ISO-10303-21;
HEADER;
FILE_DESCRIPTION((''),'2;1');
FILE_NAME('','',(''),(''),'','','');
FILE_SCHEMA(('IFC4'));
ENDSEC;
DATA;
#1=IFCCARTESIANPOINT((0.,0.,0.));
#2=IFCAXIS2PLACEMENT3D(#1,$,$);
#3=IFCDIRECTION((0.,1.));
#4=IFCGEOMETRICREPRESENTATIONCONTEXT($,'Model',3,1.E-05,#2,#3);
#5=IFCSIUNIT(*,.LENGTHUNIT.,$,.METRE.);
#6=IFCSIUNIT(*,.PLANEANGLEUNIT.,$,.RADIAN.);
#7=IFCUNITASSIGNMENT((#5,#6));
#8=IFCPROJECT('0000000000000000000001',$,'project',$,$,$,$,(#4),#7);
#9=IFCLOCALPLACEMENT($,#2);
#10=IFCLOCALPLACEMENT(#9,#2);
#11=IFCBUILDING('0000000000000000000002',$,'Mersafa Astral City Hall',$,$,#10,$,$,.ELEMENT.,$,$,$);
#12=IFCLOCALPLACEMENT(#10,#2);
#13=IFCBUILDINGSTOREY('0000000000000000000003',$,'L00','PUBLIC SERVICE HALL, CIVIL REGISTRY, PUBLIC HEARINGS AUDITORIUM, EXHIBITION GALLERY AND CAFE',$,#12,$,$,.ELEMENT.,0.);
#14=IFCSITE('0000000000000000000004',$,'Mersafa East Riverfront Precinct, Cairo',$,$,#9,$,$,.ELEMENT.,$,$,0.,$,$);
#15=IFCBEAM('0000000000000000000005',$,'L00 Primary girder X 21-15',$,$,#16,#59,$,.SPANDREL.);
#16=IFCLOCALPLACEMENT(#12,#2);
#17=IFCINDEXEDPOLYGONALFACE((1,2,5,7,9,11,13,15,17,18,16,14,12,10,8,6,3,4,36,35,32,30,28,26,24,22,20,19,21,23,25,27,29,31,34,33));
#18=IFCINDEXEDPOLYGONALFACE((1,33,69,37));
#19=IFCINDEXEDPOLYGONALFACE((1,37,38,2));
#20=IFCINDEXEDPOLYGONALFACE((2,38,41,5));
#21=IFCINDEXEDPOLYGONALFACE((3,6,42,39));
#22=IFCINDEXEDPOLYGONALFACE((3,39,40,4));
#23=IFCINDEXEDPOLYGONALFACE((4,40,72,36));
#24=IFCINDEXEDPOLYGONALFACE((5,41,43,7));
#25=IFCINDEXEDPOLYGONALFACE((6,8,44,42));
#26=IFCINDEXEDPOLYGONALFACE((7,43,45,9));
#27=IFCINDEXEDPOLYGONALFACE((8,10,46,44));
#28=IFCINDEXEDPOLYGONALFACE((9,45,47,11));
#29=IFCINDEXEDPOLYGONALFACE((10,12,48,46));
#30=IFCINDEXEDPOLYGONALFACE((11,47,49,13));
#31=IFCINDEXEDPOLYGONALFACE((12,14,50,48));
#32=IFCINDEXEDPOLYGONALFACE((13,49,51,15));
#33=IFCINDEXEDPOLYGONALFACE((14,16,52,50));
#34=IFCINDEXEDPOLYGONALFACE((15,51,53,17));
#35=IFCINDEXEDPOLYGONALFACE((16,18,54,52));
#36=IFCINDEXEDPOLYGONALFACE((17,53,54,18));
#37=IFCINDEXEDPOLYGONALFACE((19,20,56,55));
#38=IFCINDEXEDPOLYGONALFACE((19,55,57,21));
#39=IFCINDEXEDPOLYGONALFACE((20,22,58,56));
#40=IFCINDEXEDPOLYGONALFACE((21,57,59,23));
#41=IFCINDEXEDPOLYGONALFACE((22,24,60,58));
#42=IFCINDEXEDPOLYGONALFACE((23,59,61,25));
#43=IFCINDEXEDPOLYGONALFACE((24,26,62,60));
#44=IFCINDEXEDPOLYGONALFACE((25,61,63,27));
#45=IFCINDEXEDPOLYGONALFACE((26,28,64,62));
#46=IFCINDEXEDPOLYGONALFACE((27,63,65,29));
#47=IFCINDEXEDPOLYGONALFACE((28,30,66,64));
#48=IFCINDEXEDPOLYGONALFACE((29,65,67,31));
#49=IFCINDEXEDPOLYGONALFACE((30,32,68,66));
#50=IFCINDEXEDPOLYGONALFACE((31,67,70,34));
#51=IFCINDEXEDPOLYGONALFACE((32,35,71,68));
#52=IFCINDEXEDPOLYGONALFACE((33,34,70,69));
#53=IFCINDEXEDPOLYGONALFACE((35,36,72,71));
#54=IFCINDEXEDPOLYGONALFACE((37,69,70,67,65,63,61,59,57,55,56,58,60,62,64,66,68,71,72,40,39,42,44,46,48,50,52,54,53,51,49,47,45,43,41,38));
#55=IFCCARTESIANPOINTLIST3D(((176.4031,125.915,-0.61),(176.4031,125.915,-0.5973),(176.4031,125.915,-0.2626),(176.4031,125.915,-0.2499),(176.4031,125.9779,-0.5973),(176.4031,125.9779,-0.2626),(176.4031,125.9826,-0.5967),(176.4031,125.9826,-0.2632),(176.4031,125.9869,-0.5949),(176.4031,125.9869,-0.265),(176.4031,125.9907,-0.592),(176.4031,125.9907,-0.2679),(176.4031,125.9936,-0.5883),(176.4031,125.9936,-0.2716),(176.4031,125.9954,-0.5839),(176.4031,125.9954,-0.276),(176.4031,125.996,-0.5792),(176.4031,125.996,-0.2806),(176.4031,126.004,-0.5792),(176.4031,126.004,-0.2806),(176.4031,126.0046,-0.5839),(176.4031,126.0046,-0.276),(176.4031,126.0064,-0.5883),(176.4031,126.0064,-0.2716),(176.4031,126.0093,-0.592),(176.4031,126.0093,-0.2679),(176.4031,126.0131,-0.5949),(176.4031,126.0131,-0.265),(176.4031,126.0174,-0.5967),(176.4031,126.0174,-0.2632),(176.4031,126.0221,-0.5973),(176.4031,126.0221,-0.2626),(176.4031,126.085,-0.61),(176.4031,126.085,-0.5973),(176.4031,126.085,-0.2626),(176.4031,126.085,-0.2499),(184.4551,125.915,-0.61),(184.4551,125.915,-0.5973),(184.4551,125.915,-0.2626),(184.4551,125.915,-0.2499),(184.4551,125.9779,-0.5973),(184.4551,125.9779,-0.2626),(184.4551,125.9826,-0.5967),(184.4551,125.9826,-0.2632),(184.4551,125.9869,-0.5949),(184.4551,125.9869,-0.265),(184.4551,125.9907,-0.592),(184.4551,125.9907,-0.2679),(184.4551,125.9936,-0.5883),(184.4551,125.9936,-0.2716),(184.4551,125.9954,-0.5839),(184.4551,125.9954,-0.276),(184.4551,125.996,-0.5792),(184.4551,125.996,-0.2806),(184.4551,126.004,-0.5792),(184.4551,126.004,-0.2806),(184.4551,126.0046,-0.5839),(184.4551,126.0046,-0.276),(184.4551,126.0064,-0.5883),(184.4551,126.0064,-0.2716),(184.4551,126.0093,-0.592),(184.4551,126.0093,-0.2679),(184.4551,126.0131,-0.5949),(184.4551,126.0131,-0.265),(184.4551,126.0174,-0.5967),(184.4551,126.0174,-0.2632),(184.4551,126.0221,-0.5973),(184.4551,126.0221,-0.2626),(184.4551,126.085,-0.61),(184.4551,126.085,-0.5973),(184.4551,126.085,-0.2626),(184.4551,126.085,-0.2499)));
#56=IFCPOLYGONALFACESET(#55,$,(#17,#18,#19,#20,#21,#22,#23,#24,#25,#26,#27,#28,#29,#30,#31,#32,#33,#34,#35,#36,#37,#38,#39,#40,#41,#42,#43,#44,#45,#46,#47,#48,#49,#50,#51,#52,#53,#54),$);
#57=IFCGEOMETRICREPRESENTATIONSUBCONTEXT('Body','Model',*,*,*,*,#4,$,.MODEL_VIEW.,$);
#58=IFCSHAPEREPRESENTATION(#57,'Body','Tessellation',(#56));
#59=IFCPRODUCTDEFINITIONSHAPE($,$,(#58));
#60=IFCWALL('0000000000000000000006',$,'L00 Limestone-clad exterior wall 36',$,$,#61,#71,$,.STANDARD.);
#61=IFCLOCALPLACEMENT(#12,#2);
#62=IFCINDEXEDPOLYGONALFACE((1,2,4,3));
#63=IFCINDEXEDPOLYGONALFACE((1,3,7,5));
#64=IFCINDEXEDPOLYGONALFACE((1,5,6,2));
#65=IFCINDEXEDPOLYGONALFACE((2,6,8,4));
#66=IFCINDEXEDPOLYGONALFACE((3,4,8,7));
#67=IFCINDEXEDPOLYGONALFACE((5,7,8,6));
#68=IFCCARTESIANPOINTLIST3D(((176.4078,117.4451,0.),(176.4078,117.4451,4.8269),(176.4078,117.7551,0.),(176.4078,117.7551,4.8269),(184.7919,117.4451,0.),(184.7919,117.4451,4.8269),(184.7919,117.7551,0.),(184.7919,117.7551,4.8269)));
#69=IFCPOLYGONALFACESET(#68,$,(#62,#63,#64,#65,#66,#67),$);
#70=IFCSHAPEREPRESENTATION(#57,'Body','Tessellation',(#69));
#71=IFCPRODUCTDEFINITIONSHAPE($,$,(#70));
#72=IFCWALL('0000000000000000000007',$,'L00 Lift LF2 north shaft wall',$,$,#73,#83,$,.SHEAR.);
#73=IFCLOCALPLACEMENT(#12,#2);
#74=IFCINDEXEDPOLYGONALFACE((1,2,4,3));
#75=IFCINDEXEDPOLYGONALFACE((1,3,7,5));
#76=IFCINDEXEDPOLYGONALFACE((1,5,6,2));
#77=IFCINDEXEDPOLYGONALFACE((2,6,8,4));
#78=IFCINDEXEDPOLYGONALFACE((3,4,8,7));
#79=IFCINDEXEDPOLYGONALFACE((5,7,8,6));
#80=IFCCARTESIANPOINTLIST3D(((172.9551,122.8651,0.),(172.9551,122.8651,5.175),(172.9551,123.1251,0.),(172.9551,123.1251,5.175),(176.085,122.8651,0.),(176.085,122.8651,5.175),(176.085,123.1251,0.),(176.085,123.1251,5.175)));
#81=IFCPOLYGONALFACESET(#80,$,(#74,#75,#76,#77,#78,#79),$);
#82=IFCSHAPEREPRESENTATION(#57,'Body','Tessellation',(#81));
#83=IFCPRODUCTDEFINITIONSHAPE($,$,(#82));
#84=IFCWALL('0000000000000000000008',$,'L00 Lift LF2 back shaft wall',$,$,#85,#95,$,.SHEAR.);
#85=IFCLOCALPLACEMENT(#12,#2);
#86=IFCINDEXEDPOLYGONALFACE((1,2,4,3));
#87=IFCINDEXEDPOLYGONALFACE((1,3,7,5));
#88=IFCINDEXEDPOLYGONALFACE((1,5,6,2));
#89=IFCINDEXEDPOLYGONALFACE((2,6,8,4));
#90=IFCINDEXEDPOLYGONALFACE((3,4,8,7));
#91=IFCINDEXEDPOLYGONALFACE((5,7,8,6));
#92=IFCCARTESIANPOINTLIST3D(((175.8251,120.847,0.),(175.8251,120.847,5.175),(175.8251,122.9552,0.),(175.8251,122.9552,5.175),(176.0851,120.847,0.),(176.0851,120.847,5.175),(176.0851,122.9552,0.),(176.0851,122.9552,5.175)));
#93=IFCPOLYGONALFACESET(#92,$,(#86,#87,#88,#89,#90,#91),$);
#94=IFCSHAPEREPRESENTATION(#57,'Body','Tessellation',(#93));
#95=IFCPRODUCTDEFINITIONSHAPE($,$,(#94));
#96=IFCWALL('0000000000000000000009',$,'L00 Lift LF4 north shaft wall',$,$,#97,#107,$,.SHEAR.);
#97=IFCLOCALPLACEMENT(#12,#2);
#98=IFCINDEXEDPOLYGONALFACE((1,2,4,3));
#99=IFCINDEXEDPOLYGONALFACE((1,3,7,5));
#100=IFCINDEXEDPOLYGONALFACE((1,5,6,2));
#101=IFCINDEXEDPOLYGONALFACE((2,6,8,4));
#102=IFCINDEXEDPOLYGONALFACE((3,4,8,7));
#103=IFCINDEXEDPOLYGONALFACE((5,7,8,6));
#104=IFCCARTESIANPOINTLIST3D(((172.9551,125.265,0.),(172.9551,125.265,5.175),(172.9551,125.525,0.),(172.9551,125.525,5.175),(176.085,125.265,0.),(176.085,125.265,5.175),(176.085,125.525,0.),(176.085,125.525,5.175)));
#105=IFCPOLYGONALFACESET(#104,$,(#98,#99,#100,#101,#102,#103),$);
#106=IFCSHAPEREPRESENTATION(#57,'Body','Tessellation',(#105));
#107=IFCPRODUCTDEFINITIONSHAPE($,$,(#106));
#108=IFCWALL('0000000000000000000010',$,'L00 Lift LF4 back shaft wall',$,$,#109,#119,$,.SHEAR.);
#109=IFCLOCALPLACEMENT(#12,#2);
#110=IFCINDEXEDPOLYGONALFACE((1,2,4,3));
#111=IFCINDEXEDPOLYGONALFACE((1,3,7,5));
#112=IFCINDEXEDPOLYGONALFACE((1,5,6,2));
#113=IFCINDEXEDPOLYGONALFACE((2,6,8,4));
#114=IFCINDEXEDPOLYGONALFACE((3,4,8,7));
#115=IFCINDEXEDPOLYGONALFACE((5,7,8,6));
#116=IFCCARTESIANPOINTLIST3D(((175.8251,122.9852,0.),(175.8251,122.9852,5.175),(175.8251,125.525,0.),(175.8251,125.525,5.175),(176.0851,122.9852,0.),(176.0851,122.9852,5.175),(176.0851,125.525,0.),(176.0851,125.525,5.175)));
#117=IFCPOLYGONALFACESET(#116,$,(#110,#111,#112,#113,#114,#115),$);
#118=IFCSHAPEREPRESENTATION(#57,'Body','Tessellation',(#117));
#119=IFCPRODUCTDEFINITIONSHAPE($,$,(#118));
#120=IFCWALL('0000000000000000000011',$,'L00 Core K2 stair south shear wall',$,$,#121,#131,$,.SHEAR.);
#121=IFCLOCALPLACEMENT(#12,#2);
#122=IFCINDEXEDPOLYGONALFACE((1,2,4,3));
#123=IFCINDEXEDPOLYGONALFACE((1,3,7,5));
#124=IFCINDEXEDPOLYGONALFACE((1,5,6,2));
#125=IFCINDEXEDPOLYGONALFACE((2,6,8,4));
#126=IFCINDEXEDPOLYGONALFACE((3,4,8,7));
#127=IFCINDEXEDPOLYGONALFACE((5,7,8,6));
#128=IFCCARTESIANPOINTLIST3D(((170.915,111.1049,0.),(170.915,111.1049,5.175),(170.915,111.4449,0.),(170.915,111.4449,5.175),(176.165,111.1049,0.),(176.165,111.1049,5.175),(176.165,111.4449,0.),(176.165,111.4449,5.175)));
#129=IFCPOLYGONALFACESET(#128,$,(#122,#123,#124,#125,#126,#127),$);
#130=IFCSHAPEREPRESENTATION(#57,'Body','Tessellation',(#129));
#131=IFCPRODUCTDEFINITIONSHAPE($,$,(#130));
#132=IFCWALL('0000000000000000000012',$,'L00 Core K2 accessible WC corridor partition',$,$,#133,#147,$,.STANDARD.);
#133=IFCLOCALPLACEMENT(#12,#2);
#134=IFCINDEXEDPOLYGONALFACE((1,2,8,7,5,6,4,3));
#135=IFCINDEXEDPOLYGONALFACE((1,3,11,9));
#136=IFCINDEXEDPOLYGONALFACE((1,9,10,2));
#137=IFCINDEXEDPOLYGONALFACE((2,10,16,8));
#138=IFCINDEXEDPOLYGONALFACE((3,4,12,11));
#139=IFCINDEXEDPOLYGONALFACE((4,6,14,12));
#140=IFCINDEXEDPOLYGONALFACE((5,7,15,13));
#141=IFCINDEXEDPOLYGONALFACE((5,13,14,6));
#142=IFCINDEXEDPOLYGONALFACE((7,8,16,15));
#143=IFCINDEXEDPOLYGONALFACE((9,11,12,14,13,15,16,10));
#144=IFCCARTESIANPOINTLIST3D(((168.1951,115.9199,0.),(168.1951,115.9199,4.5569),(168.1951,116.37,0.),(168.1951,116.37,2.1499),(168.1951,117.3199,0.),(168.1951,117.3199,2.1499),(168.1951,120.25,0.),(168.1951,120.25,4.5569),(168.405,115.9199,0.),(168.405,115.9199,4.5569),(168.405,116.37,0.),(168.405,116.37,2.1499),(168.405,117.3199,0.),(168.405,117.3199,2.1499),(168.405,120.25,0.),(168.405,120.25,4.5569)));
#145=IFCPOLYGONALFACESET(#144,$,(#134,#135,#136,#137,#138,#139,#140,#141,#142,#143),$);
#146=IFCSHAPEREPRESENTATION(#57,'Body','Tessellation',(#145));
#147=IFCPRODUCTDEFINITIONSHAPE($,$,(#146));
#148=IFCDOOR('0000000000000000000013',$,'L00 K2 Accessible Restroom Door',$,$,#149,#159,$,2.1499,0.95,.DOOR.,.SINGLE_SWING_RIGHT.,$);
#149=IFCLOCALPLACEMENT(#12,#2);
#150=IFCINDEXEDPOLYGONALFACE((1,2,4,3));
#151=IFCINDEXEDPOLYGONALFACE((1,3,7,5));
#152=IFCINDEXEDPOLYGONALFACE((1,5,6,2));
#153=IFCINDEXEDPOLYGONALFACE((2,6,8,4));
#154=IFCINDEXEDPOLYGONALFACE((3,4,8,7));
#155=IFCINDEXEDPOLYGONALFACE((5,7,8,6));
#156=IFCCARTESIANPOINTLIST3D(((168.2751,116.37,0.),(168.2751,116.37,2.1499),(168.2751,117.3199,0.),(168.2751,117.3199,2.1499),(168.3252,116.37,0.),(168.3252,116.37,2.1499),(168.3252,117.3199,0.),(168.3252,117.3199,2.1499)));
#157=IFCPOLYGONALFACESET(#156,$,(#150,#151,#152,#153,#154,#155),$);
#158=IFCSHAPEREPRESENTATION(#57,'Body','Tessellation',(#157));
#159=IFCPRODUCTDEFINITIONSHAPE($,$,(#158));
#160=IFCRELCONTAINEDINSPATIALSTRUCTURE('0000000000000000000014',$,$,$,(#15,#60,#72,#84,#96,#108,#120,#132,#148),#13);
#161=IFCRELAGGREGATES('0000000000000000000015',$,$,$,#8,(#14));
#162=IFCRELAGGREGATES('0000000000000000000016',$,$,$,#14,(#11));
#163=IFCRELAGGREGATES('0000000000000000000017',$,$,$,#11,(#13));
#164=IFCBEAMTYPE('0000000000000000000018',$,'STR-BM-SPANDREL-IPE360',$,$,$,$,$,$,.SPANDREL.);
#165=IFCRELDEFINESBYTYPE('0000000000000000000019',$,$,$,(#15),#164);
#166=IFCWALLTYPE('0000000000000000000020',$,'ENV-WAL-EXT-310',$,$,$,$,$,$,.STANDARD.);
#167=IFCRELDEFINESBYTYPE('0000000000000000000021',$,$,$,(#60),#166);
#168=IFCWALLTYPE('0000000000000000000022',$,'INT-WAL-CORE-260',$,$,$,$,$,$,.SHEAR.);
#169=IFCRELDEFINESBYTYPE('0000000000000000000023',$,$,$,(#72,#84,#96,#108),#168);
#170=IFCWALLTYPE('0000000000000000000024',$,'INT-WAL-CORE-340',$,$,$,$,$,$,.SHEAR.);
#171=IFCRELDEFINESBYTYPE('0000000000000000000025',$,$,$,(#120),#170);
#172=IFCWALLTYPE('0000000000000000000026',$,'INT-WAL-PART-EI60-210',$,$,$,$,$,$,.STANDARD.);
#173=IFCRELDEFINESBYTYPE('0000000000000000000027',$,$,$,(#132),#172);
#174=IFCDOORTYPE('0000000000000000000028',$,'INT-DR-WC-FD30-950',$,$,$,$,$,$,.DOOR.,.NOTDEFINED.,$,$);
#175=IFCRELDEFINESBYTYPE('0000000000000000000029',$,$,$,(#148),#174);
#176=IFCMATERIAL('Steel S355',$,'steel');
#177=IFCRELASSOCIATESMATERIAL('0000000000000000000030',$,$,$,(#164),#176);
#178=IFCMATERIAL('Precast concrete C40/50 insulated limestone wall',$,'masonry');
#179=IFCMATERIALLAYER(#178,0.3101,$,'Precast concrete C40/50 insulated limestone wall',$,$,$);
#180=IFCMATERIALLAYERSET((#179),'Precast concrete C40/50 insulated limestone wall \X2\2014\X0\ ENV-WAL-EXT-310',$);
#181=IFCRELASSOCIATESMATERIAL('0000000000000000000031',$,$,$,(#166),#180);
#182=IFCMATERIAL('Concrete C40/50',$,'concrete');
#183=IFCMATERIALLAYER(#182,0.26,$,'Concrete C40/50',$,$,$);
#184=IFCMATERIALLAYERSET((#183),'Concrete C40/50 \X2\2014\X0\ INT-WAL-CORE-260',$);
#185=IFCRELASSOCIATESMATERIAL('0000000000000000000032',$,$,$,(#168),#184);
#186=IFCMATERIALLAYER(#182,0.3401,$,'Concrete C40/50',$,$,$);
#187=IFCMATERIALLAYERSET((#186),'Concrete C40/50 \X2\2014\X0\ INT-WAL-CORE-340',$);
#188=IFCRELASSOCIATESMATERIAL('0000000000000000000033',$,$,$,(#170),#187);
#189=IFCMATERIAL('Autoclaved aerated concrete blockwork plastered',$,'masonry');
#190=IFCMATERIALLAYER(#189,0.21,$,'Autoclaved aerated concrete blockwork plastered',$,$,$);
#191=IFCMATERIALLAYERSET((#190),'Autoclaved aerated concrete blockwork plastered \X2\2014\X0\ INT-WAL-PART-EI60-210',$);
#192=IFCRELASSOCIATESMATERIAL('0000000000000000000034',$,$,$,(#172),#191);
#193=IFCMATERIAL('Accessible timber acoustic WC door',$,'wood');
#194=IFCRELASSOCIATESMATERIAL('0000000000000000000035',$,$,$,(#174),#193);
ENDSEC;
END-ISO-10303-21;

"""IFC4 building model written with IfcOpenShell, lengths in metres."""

from ifc_helpers import new_model, si_unit, direction, frame, frame_2d, origin, origin_2d, place, context, subcontext, project, spatial, rectangle, i_section, extrude, material, layer, layer_set, material_profile, profile_set, type_object, element, fill, save


model = new_model("IFC4")

# Units and contexts
model_context = context("Model", 3, precision=1e-05, world=origin(), true_north=direction((0.0, 1.0)))
body_context = subcontext(model_context, "Body", "Model", "MODEL_VIEW")
ifc_project = project(units=[si_unit("LENGTHUNIT", "METRE"), si_unit("PLANEANGLEUNIT", "RADIAN")], contexts=[model_context])

# Site, building, storey
site_placement = place(None, origin())
site = spatial("IfcSite", under=ifc_project, at=site_placement, Name="Mersafa East Riverfront Precinct, Cairo", CompositionType="ELEMENT", RefElevation=0.0)
building_placement = place(site_placement, origin())
building = spatial("IfcBuilding", under=site, at=building_placement, Name="Mersafa Astral City Hall", CompositionType="ELEMENT")
storey_placement = place(building_placement, origin())
storey = spatial("IfcBuildingStorey", under=building, at=storey_placement, Name="L00", Description="PUBLIC SERVICE HALL, CIVIL REGISTRY, PUBLIC HEARINGS AUDITORIUM, EXHIBITION GALLERY AND CAFE", CompositionType="ELEMENT", Elevation=0.0)

# Shared definitions
ifc_material_1 = material(Name="Steel S355", Category="steel")

# Beam
ifc_material_profile_1 = material_profile(ifc_material_1, i_section(OverallWidth=0.1699, OverallDepth=0.3601, WebThickness=0.0081, FlangeThickness=0.0127, FilletRadius=0.0181, at=origin_2d()), Name="IPE 360")
ifc_profile_set_1 = profile_set([ifc_material_profile_1], Name="Steel S355")
beam_type_1 = type_object("IfcBeamType", Name="STR-BM-SPANDREL-IPE360", PredefinedType="SPANDREL", material=ifc_profile_set_1)
beam_1_placement = place(storey_placement, frame((176.4031, 126.0, -0.4299), z_axis=(1.0, 0.0, 0.0), x_axis=(0.0, 1.0, 0.0)))
element("IfcBeam", 1, at=beam_1_placement, inside=storey, type_object=beam_type_1, Name="L00 Primary girder X 21-15", PredefinedType="SPANDREL", context=body_context, shape_type="SweptSolid", body=[
    extrude(i_section(OverallWidth=0.1699, OverallDepth=0.3601, WebThickness=0.0081, FlangeThickness=0.0127, FilletRadius=0.0181, at=origin_2d()), origin(), (0.0, 0.0, 1.0), 8.052),
])

# Walls
ifc_material_2 = material(Name="Precast concrete C40/50 insulated limestone wall", Category="masonry")
ifc_layer_1 = layer(ifc_material_2, 0.3101, Name="Precast concrete C40/50 insulated limestone wall")
ifc_layer_set_1 = layer_set([ifc_layer_1], Name="Precast concrete C40/50 insulated limestone wall — ENV-WAL-EXT-310")
wall_type_1 = type_object("IfcWallType", Name="ENV-WAL-EXT-310", PredefinedType="STANDARD", material=ifc_layer_set_1)
wall_1_placement = place(storey_placement, frame((176.408, 117.6001, 0.0), z_axis=(0.0, 0.0, 1.0), x_axis=(1.0, 0.0, 0.0)))
element("IfcWall", 2, at=wall_1_placement, inside=storey, type_object=wall_type_1, Name="L00 Limestone-clad exterior wall 36", PredefinedType="STANDARD", context=body_context, shape_type="SweptSolid", body=[
    extrude(rectangle(XDim=8.384, YDim=0.3101, at=frame_2d((4.1919, 0.0))), origin(), (0.0, 0.0, 1.0), 4.8269),
])
ifc_material_3 = material(Name="Concrete C40/50", Category="concrete")
ifc_layer_2 = layer(ifc_material_3, 0.26, Name="Concrete C40/50")
ifc_layer_set_2 = layer_set([ifc_layer_2], Name="Concrete C40/50 — INT-WAL-CORE-260")
wall_type_2 = type_object("IfcWallType", Name="INT-WAL-CORE-260", PredefinedType="SHEAR", material=ifc_layer_set_2)
wall_2_placement = place(storey_placement, frame((172.9551, 122.9951, 0.0), z_axis=(0.0, 0.0, 1.0), x_axis=(1.0, 0.0, 0.0)))
element("IfcWall", 3, at=wall_2_placement, inside=storey, type_object=wall_type_2, Name="L00 Lift LF2 north shaft wall", PredefinedType="SHEAR", context=body_context, shape_type="SweptSolid", body=[
    extrude(rectangle(XDim=3.1299, YDim=0.26, at=frame_2d((1.5649, 0.0))), origin(), (0.0, 0.0, 1.0), 5.175),
])
wall_3_placement = place(storey_placement, frame((175.9551, 120.8469, 0.0), z_axis=(0.0, 0.0, 1.0), x_axis=(0.0, 1.0, 0.0)))
element("IfcWall", 4, at=wall_3_placement, inside=storey, type_object=wall_type_2, Name="L00 Lift LF2 back shaft wall", PredefinedType="SHEAR", context=body_context, shape_type="SweptSolid", body=[
    extrude(rectangle(XDim=2.1082, YDim=0.26, at=frame_2d((1.0542, 0.0))), origin(), (0.0, 0.0, 1.0), 5.175),
])

# Walls
wall_4_placement = place(storey_placement, frame((172.9551, 125.395, 0.0), z_axis=(0.0, 0.0, 1.0), x_axis=(1.0, 0.0, 0.0)))
element("IfcWall", 5, at=wall_4_placement, inside=storey, type_object=wall_type_2, Name="L00 Lift LF4 north shaft wall", PredefinedType="SHEAR", context=body_context, shape_type="SweptSolid", body=[
    extrude(rectangle(XDim=3.1299, YDim=0.26, at=frame_2d((1.5649, 0.0))), origin(), (0.0, 0.0, 1.0), 5.175),
])
wall_5_placement = place(storey_placement, frame((175.9551, 122.9851, 0.0), z_axis=(0.0, 0.0, 1.0), x_axis=(0.0, 1.0, 0.0)))
element("IfcWall", 6, at=wall_5_placement, inside=storey, type_object=wall_type_2, Name="L00 Lift LF4 back shaft wall", PredefinedType="SHEAR", context=body_context, shape_type="SweptSolid", body=[
    extrude(rectangle(XDim=2.5398, YDim=0.26, at=frame_2d((1.27, 0.0))), origin(), (0.0, 0.0, 1.0), 5.175),
])

# Wall
ifc_layer_3 = layer(ifc_material_3, 0.3401, Name="Concrete C40/50")
ifc_layer_set_3 = layer_set([ifc_layer_3], Name="Concrete C40/50 — INT-WAL-CORE-340")
wall_type_3 = type_object("IfcWallType", Name="INT-WAL-CORE-340", PredefinedType="SHEAR", material=ifc_layer_set_3)
wall_6_placement = place(storey_placement, frame((170.915, 111.2749, 0.0), z_axis=(0.0, 0.0, 1.0), x_axis=(1.0, 0.0, 0.0)))
element("IfcWall", 7, at=wall_6_placement, inside=storey, type_object=wall_type_3, Name="L00 Core K2 stair south shear wall", PredefinedType="SHEAR", context=body_context, shape_type="SweptSolid", body=[
    extrude(rectangle(XDim=5.25, YDim=0.3401, at=frame_2d((2.625, 0.0))), origin(), (0.0, 0.0, 1.0), 5.175),
])

# Wall, opening, door
ifc_material_4 = material(Name="Autoclaved aerated concrete blockwork plastered", Category="masonry")
ifc_layer_4 = layer(ifc_material_4, 0.21, Name="Autoclaved aerated concrete blockwork plastered")
ifc_layer_set_4 = layer_set([ifc_layer_4], Name="Autoclaved aerated concrete blockwork plastered — INT-WAL-PART-EI60-210")
wall_type_4 = type_object("IfcWallType", Name="INT-WAL-PART-EI60-210", PredefinedType="STANDARD", material=ifc_layer_set_4)
wall_7_placement = place(storey_placement, frame((168.3, 115.9199, 0.0), z_axis=(0.0, 0.0, 1.0), x_axis=(0.0, 1.0, 0.0)))
wall_7 = element("IfcWall", 8, at=wall_7_placement, inside=storey, type_object=wall_type_4, Name="L00 Core K2 accessible WC corridor partition", PredefinedType="STANDARD", context=body_context, shape_type="SweptSolid", body=[
    extrude(rectangle(XDim=4.3301, YDim=0.21, at=frame_2d((2.165, 0.0))), origin(), (0.0, 0.0, 1.0), 4.5569),
])
opening_1_placement = place(wall_7_placement, frame((0.45, 0.0, 0.0)))
opening_1 = element("IfcOpeningElement", 9, at=opening_1_placement, cuts=wall_7, PredefinedType="OPENING", context=body_context, shape_type="SweptSolid", body=[
    extrude(rectangle(XDim=0.95, YDim=2.1499, at=frame_2d((0.4751, 1.075))), frame((0.0, 0.115, 0.0), z_axis=(0.0, -1.0, 0.0), x_axis=(1.0, 0.0, 0.0)), (0.0, 0.0, 1.0), 0.23),
])
ifc_material_5 = material(Name="Accessible timber acoustic WC door", Category="wood")
door_type_1 = type_object("IfcDoorType", Name="INT-DR-WC-FD30-950", OperationType="NOTDEFINED", PredefinedType="DOOR", material=ifc_material_5)
door_1_placement = place(opening_1_placement, origin())
door_1 = element("IfcDoor", 10, at=door_1_placement, inside=storey, type_object=door_type_1, Name="L00 K2 Accessible Restroom Door", OperationType="SINGLE_SWING_RIGHT", OverallHeight=2.1499, OverallWidth=0.95, PredefinedType="DOOR", context=body_context, shape_type="SweptSolid", body=[
    extrude(rectangle(XDim=0.95, YDim=2.1499, at=frame_2d((0.4751, 1.075))), frame((0.0, 0.0249, 0.0), z_axis=(0.0, -1.0, 0.0), x_axis=(1.0, 0.0, 0.0)), (0.0, 0.0, 1.0), 0.05),
])
fill(opening_1, door_1)

save(model, "model.ifc")
